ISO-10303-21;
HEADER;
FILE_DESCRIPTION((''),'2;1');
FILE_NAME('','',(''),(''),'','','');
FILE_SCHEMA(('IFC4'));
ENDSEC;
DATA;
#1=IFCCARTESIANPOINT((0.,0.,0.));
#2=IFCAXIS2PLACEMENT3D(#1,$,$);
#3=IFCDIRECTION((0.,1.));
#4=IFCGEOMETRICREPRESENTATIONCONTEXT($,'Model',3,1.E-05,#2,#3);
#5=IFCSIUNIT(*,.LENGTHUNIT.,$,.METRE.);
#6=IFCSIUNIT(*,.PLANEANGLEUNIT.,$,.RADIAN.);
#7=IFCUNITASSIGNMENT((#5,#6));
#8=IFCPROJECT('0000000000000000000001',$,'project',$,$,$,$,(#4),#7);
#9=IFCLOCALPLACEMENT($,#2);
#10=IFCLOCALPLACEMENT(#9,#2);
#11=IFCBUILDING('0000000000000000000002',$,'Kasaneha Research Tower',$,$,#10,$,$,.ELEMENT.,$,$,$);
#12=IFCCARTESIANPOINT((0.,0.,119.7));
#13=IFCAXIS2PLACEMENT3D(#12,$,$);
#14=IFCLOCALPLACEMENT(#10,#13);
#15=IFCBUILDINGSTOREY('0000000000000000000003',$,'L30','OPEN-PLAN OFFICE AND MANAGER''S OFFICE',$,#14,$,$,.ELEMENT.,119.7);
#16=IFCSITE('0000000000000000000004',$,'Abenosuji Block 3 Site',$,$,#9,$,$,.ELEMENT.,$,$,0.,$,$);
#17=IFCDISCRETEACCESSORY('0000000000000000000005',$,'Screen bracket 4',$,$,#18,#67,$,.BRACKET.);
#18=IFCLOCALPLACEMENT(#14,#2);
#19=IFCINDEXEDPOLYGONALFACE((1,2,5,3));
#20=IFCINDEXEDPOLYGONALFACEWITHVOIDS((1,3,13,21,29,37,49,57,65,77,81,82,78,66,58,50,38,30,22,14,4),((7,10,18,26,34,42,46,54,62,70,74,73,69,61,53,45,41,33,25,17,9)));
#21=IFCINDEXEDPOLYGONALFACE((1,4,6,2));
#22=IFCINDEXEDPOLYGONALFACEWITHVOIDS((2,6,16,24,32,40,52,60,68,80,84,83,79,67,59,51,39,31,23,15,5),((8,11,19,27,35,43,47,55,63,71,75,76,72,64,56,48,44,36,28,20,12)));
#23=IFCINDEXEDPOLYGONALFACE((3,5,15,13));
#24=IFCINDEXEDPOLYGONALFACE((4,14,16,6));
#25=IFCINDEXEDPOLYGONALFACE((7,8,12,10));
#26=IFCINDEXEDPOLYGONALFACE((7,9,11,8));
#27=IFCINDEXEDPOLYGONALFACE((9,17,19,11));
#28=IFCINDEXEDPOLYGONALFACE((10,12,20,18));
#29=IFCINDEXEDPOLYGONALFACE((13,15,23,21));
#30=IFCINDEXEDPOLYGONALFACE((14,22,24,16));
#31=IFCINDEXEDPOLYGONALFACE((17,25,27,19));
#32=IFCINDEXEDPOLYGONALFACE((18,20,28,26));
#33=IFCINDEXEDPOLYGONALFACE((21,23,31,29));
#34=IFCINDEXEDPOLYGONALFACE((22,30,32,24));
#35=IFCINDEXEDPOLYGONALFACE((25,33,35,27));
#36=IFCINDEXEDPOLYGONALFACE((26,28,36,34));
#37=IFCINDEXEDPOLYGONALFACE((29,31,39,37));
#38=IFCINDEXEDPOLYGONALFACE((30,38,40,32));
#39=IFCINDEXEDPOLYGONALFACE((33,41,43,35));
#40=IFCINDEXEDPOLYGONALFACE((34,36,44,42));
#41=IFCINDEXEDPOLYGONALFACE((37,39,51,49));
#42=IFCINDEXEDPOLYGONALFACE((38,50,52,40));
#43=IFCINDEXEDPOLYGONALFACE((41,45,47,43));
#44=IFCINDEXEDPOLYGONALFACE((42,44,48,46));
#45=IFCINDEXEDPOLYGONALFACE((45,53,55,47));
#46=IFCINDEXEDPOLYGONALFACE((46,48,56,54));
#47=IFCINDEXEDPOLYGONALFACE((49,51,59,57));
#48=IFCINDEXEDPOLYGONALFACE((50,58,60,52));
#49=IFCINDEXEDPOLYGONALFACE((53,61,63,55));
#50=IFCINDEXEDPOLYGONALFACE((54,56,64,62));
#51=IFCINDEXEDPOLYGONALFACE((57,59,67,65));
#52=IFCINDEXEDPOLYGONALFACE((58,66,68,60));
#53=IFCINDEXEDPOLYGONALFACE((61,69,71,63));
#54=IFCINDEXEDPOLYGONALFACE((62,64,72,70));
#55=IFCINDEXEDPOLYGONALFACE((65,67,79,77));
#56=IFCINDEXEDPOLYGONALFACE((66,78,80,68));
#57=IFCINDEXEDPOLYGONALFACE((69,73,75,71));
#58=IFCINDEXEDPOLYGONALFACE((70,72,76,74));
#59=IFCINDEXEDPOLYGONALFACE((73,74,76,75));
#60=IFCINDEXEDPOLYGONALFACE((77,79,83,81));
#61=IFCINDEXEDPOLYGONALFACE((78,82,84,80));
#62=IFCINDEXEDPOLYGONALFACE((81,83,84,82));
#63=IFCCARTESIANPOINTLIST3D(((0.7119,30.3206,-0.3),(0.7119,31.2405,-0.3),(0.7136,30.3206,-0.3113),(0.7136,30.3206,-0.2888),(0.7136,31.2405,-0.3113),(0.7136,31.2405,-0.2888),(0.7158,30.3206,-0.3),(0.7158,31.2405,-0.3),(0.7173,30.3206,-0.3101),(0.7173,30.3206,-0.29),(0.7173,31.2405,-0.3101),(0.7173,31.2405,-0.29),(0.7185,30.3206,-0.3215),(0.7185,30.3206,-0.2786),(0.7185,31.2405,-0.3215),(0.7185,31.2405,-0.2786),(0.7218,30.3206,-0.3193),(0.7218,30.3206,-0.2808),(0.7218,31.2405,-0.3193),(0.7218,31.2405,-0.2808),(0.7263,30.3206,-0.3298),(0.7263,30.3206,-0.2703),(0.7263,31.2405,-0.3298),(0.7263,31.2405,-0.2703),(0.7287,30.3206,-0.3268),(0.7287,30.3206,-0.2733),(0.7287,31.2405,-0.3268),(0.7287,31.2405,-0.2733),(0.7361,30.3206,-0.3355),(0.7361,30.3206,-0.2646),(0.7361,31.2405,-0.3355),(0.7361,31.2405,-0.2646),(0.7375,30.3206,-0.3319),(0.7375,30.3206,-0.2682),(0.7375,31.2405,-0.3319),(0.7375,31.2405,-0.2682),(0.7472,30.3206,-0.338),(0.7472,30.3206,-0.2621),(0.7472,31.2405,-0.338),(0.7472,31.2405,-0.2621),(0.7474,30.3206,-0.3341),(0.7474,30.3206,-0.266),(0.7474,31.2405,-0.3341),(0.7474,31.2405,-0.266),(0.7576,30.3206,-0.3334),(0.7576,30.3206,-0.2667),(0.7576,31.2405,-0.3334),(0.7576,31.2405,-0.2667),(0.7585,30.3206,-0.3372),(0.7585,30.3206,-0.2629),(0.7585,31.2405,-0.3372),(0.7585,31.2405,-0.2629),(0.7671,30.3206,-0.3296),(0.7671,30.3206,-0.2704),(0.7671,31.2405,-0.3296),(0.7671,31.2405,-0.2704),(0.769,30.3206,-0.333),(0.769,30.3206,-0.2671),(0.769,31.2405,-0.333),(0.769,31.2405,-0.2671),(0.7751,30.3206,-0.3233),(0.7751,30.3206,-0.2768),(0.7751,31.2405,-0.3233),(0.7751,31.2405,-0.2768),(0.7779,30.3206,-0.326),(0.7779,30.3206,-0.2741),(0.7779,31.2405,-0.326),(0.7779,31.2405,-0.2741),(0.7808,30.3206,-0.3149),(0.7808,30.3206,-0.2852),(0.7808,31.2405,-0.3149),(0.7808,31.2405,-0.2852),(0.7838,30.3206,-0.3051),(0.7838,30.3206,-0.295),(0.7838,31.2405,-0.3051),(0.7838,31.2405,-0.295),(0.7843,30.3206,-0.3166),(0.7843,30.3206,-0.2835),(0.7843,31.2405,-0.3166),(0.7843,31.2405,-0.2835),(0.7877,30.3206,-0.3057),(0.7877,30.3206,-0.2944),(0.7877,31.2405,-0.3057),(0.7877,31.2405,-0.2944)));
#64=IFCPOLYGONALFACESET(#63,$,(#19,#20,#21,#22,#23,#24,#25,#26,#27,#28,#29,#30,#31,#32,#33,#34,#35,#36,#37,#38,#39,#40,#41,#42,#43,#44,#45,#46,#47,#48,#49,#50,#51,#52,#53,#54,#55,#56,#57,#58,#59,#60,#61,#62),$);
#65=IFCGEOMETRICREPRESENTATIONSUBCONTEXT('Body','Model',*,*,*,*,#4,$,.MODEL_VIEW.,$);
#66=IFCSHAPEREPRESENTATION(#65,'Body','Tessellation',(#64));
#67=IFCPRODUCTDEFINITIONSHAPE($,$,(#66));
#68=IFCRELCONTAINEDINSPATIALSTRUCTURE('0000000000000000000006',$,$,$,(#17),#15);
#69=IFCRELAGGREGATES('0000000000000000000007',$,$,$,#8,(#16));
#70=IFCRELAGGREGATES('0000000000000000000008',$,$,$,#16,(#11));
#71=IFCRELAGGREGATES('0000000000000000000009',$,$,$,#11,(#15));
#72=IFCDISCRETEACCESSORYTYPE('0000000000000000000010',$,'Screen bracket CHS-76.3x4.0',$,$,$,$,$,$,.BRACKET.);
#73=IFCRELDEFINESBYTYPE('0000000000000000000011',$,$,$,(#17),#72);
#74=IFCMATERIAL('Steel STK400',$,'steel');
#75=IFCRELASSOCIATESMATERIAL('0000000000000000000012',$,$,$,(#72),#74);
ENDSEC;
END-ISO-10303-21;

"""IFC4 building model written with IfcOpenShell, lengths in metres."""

from ifc_helpers import new_model, si_unit, direction, frame, origin, origin_2d, place, context, subcontext, project, spatial, hollow_circle, extrude, material, material_profile, profile_set, type_object, element, save


model = new_model("IFC4")

# Units and contexts
model_context = context("Model", 3, precision=1e-05, world=origin(), true_north=direction((0.0, 1.0)))
body_context = subcontext(model_context, "Body", "Model", "MODEL_VIEW")
ifc_project = project(units=[si_unit("LENGTHUNIT", "METRE"), si_unit("PLANEANGLEUNIT", "RADIAN")], contexts=[model_context])

# Site, building, storey
site_placement = place(None, origin())
site = spatial("IfcSite", under=ifc_project, at=site_placement, Name="Abenosuji Block 3 Site", CompositionType="ELEMENT", RefElevation=0.0)
building_placement = place(site_placement, origin())
building = spatial("IfcBuilding", under=site, at=building_placement, Name="Kasaneha Research Tower", CompositionType="ELEMENT")
storey_placement = place(building_placement, frame((0.0, 0.0, 119.7)))
storey = spatial("IfcBuildingStorey", under=building, at=storey_placement, Name="L30", Description="OPEN-PLAN OFFICE AND MANAGER'S OFFICE", CompositionType="ELEMENT", Elevation=119.7)

# Discrete accessory
ifc_material_1 = material(Name="Steel STK400", Category="steel")
ifc_material_profile_1 = material_profile(ifc_material_1, hollow_circle(Radius=0.0381, WallThickness=0.0039, at=origin_2d()), Name="CHS-76.3x4.0")
ifc_profile_set_1 = profile_set([ifc_material_profile_1], Name="Steel STK400")
discrete_accessory_type = type_object("IfcDiscreteAccessoryType", Name="Screen bracket CHS-76.3x4.0", PredefinedType="BRACKET", material=ifc_profile_set_1)
for number, where, z_axis, x_axis, name in (
    (1, (0.75, 30.3206, -0.3), (0.0, 1.0, 0.0), (-1.0, 0.0, 0.0), "Screen bracket 4"),
):
    element("IfcDiscreteAccessory", number, at=place(storey_placement, frame(where, z_axis=z_axis, x_axis=x_axis)), inside=storey, type_object=discrete_accessory_type, Name=name, PredefinedType="BRACKET", context=body_context, shape_type="SweptSolid", body=[
        extrude(hollow_circle(Radius=0.0381, WallThickness=0.0039, at=origin_2d()), origin(), (0.0, 0.0, 1.0), 0.9199),
    ])

save(model, "model.ifc")
